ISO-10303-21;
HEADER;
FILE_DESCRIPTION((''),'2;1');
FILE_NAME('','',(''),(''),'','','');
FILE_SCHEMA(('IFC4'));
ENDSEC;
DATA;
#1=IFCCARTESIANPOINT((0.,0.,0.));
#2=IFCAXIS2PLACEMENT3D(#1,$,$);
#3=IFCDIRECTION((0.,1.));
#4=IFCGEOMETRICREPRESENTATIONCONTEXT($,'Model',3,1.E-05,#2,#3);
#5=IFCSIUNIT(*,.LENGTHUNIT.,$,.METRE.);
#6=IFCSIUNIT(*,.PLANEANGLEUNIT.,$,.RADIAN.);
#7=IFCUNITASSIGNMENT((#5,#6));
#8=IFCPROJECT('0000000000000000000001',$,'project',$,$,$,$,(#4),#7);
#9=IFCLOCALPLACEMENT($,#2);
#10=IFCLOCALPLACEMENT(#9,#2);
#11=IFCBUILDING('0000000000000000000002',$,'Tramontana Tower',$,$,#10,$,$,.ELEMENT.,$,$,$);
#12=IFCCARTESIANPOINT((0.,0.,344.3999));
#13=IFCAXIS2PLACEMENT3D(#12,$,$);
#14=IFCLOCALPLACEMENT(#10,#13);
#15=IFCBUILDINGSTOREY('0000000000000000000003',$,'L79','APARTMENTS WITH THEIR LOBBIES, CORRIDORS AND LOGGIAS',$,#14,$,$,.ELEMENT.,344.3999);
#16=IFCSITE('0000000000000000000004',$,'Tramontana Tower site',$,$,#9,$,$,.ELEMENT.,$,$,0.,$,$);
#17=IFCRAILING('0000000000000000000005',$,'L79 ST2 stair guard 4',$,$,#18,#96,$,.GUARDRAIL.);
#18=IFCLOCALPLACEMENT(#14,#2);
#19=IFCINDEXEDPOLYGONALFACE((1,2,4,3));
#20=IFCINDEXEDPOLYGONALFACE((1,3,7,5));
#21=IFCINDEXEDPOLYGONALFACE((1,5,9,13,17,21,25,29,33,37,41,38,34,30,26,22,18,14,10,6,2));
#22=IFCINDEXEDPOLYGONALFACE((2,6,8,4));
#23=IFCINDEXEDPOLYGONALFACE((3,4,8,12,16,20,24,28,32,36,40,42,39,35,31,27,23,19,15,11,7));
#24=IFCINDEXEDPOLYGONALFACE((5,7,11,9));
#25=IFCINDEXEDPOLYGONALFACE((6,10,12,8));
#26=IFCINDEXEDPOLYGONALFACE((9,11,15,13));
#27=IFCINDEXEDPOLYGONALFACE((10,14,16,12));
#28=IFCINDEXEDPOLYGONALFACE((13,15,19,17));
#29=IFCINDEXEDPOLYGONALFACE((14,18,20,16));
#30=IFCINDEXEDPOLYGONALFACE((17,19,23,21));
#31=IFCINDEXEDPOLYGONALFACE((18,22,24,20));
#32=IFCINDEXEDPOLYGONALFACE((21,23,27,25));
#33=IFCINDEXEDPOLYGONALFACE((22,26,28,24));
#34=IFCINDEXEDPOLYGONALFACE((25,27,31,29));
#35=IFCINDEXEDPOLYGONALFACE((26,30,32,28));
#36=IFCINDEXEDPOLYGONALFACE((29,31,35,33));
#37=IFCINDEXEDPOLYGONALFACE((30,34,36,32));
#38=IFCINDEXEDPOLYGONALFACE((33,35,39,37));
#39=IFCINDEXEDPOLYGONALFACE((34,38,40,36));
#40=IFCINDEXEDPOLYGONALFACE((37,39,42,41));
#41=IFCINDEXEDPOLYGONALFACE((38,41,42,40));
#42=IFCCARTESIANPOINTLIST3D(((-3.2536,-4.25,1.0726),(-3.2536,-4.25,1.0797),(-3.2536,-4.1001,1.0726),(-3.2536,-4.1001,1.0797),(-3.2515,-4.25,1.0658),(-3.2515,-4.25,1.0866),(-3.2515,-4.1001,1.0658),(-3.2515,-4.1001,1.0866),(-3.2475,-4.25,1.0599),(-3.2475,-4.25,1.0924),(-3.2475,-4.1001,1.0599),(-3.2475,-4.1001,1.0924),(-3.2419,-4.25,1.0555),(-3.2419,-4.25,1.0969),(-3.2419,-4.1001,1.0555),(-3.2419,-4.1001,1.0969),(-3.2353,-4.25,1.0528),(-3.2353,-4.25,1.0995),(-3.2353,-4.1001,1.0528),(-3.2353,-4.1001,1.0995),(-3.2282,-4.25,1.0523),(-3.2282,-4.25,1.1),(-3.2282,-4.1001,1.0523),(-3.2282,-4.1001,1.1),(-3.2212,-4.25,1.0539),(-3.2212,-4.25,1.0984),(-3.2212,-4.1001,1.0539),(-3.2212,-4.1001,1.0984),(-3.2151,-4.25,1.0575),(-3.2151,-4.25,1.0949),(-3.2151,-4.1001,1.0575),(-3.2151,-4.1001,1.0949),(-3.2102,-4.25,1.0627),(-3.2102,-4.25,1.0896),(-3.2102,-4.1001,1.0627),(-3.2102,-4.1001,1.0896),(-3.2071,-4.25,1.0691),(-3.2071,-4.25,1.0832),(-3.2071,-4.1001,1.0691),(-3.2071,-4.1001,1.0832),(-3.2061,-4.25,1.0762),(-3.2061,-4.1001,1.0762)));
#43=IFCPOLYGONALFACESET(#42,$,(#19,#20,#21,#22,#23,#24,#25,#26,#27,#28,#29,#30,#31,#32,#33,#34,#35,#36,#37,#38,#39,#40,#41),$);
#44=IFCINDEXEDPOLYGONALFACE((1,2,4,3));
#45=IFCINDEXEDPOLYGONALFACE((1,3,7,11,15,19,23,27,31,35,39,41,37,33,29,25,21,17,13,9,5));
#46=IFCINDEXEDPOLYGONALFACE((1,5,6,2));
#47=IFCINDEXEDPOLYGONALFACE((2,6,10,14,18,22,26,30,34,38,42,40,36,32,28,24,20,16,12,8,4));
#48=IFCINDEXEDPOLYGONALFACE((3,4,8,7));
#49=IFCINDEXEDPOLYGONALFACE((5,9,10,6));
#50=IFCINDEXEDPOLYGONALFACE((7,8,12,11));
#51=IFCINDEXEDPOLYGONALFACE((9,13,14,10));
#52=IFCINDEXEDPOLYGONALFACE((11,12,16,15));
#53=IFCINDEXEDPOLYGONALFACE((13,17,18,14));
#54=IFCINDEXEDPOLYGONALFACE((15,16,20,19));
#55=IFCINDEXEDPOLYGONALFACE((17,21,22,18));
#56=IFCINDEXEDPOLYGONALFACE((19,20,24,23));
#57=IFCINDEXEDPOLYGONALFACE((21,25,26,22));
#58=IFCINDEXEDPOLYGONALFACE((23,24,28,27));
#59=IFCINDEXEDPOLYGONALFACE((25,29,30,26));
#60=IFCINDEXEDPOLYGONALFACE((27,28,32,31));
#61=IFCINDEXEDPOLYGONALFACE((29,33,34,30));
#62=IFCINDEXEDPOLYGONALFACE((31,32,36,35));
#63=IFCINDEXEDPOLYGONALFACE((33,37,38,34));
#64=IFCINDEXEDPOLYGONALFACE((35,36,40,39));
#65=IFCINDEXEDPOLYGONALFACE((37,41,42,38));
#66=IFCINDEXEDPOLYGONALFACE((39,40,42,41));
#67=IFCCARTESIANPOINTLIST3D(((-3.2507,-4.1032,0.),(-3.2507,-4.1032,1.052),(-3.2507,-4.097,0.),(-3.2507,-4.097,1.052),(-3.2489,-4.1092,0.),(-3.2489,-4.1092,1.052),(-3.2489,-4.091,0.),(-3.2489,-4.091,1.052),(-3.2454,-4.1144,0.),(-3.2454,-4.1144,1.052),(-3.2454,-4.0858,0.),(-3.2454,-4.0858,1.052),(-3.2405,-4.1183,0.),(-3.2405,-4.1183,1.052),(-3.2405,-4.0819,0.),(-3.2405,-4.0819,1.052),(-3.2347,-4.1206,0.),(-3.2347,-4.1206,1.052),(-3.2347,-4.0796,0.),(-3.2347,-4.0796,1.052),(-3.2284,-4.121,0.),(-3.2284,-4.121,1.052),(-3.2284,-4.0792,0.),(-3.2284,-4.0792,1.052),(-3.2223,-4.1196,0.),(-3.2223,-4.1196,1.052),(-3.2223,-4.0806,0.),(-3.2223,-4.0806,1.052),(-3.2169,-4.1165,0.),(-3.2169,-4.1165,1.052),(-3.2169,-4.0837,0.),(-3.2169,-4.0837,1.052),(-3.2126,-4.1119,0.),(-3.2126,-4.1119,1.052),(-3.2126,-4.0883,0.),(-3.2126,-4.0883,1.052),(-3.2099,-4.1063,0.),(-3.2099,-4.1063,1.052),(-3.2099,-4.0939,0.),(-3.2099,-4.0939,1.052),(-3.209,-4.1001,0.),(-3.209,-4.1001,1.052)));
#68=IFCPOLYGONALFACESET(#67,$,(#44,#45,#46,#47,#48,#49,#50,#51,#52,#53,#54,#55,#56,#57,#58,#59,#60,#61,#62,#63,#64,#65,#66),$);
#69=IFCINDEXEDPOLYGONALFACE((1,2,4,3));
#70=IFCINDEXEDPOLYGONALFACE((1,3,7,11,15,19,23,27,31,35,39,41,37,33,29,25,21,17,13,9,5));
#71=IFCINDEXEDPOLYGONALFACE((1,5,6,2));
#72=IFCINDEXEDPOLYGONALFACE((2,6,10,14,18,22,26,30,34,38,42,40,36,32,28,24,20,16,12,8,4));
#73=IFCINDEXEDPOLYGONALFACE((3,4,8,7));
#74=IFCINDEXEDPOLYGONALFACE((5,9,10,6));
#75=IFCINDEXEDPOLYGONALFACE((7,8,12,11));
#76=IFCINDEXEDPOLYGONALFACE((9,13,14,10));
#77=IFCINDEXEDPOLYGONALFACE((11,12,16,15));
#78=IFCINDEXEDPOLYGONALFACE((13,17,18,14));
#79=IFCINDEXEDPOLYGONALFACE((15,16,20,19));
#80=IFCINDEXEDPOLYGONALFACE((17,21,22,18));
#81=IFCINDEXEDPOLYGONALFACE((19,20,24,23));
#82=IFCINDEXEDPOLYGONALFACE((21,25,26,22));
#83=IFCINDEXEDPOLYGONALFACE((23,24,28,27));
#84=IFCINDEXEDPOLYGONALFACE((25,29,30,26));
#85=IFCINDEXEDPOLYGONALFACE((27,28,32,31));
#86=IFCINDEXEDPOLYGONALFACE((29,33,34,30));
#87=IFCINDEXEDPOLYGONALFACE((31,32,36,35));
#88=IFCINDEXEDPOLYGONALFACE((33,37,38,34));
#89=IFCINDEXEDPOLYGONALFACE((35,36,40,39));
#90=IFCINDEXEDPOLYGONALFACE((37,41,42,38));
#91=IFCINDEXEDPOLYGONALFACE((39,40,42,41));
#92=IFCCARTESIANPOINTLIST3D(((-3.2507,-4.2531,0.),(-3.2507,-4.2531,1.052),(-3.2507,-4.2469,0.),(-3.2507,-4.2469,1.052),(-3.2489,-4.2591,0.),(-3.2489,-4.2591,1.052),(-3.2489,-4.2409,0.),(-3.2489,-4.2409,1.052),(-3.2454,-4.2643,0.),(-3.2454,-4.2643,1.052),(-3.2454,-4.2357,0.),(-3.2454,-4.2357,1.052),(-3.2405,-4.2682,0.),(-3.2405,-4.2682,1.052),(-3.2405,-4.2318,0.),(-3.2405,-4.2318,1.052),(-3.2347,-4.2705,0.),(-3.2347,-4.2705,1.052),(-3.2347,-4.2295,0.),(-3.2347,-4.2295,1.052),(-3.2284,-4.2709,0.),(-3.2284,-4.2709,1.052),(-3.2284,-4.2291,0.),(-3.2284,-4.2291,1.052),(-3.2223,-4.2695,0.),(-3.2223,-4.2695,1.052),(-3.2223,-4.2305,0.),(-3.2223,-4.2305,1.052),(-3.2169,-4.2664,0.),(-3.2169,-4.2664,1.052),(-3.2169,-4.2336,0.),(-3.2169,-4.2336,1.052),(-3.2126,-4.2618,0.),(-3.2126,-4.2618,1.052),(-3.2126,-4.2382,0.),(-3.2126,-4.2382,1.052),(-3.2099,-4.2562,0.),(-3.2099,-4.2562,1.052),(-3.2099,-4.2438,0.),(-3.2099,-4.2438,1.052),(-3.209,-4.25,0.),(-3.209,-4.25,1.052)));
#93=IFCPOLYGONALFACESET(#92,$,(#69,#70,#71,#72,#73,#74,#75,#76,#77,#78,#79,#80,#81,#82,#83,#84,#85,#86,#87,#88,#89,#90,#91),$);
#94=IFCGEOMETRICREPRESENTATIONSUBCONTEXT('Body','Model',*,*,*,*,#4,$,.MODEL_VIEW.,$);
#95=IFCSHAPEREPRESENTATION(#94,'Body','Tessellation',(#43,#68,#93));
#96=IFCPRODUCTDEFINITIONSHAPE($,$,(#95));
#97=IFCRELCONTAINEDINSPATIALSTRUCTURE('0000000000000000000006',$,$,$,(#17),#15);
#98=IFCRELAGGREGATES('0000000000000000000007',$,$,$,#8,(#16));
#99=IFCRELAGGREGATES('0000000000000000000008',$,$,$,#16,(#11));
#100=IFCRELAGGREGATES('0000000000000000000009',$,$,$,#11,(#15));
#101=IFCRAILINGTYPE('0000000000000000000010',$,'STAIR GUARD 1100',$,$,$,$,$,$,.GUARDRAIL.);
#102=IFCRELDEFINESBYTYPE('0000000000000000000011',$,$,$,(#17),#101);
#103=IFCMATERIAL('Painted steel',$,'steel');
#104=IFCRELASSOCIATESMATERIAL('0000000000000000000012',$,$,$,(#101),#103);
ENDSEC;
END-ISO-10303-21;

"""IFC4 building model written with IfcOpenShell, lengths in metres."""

from ifc_helpers import new_model, si_unit, direction, frame, origin, origin_2d, place, context, subcontext, project, spatial, circle, extrude, material, type_object, element, save


model = new_model("IFC4")

# Units and contexts
model_context = context("Model", 3, precision=1e-05, world=origin(), true_north=direction((0.0, 1.0)))
body_context = subcontext(model_context, "Body", "Model", "MODEL_VIEW")
ifc_project = project(units=[si_unit("LENGTHUNIT", "METRE"), si_unit("PLANEANGLEUNIT", "RADIAN")], contexts=[model_context])

# Site, building, storey
site_placement = place(None, origin())
site = spatial("IfcSite", under=ifc_project, at=site_placement, Name="Tramontana Tower site", CompositionType="ELEMENT", RefElevation=0.0)
building_placement = place(site_placement, origin())
building = spatial("IfcBuilding", under=site, at=building_placement, Name="Tramontana Tower", CompositionType="ELEMENT")
storey_placement = place(building_placement, frame((0.0, 0.0, 344.3999)))
storey = spatial("IfcBuildingStorey", under=building, at=storey_placement, Name="L79", Description="APARTMENTS WITH THEIR LOBBIES, CORRIDORS AND LOGGIAS", CompositionType="ELEMENT", Elevation=344.3999)

# Railing
ifc_material_1 = material(Name="Painted steel", Category="steel")
railing_type_1 = type_object("IfcRailingType", Name="STAIR GUARD 1100", PredefinedType="GUARDRAIL", material=ifc_material_1)
railing_1_placement = place(storey_placement, frame((-3.23, -4.1001, 0.0)))
element("IfcRailing", 1, at=railing_1_placement, inside=storey, type_object=railing_type_1, Name="L79 ST2 stair guard 4", PredefinedType="GUARDRAIL", context=body_context, shape_type="SweptSolid", body=[
    extrude(circle(Radius=0.0239, at=origin_2d()), frame((0.0, 0.0, 1.0762), z_axis=(0.0, -1.0, 0.0), x_axis=(1.0, 0.0, 0.0)), (0.0, 0.0, 1.0), 0.1499),
    extrude(circle(Radius=0.021, at=origin_2d()), origin(), (0.0, 0.0, 1.0), 1.052),
    extrude(circle(Radius=0.021, at=origin_2d()), frame((0.0, -0.1499, 0.0)), (0.0, 0.0, 1.0), 1.052),
])

save(model, "model.ifc")
